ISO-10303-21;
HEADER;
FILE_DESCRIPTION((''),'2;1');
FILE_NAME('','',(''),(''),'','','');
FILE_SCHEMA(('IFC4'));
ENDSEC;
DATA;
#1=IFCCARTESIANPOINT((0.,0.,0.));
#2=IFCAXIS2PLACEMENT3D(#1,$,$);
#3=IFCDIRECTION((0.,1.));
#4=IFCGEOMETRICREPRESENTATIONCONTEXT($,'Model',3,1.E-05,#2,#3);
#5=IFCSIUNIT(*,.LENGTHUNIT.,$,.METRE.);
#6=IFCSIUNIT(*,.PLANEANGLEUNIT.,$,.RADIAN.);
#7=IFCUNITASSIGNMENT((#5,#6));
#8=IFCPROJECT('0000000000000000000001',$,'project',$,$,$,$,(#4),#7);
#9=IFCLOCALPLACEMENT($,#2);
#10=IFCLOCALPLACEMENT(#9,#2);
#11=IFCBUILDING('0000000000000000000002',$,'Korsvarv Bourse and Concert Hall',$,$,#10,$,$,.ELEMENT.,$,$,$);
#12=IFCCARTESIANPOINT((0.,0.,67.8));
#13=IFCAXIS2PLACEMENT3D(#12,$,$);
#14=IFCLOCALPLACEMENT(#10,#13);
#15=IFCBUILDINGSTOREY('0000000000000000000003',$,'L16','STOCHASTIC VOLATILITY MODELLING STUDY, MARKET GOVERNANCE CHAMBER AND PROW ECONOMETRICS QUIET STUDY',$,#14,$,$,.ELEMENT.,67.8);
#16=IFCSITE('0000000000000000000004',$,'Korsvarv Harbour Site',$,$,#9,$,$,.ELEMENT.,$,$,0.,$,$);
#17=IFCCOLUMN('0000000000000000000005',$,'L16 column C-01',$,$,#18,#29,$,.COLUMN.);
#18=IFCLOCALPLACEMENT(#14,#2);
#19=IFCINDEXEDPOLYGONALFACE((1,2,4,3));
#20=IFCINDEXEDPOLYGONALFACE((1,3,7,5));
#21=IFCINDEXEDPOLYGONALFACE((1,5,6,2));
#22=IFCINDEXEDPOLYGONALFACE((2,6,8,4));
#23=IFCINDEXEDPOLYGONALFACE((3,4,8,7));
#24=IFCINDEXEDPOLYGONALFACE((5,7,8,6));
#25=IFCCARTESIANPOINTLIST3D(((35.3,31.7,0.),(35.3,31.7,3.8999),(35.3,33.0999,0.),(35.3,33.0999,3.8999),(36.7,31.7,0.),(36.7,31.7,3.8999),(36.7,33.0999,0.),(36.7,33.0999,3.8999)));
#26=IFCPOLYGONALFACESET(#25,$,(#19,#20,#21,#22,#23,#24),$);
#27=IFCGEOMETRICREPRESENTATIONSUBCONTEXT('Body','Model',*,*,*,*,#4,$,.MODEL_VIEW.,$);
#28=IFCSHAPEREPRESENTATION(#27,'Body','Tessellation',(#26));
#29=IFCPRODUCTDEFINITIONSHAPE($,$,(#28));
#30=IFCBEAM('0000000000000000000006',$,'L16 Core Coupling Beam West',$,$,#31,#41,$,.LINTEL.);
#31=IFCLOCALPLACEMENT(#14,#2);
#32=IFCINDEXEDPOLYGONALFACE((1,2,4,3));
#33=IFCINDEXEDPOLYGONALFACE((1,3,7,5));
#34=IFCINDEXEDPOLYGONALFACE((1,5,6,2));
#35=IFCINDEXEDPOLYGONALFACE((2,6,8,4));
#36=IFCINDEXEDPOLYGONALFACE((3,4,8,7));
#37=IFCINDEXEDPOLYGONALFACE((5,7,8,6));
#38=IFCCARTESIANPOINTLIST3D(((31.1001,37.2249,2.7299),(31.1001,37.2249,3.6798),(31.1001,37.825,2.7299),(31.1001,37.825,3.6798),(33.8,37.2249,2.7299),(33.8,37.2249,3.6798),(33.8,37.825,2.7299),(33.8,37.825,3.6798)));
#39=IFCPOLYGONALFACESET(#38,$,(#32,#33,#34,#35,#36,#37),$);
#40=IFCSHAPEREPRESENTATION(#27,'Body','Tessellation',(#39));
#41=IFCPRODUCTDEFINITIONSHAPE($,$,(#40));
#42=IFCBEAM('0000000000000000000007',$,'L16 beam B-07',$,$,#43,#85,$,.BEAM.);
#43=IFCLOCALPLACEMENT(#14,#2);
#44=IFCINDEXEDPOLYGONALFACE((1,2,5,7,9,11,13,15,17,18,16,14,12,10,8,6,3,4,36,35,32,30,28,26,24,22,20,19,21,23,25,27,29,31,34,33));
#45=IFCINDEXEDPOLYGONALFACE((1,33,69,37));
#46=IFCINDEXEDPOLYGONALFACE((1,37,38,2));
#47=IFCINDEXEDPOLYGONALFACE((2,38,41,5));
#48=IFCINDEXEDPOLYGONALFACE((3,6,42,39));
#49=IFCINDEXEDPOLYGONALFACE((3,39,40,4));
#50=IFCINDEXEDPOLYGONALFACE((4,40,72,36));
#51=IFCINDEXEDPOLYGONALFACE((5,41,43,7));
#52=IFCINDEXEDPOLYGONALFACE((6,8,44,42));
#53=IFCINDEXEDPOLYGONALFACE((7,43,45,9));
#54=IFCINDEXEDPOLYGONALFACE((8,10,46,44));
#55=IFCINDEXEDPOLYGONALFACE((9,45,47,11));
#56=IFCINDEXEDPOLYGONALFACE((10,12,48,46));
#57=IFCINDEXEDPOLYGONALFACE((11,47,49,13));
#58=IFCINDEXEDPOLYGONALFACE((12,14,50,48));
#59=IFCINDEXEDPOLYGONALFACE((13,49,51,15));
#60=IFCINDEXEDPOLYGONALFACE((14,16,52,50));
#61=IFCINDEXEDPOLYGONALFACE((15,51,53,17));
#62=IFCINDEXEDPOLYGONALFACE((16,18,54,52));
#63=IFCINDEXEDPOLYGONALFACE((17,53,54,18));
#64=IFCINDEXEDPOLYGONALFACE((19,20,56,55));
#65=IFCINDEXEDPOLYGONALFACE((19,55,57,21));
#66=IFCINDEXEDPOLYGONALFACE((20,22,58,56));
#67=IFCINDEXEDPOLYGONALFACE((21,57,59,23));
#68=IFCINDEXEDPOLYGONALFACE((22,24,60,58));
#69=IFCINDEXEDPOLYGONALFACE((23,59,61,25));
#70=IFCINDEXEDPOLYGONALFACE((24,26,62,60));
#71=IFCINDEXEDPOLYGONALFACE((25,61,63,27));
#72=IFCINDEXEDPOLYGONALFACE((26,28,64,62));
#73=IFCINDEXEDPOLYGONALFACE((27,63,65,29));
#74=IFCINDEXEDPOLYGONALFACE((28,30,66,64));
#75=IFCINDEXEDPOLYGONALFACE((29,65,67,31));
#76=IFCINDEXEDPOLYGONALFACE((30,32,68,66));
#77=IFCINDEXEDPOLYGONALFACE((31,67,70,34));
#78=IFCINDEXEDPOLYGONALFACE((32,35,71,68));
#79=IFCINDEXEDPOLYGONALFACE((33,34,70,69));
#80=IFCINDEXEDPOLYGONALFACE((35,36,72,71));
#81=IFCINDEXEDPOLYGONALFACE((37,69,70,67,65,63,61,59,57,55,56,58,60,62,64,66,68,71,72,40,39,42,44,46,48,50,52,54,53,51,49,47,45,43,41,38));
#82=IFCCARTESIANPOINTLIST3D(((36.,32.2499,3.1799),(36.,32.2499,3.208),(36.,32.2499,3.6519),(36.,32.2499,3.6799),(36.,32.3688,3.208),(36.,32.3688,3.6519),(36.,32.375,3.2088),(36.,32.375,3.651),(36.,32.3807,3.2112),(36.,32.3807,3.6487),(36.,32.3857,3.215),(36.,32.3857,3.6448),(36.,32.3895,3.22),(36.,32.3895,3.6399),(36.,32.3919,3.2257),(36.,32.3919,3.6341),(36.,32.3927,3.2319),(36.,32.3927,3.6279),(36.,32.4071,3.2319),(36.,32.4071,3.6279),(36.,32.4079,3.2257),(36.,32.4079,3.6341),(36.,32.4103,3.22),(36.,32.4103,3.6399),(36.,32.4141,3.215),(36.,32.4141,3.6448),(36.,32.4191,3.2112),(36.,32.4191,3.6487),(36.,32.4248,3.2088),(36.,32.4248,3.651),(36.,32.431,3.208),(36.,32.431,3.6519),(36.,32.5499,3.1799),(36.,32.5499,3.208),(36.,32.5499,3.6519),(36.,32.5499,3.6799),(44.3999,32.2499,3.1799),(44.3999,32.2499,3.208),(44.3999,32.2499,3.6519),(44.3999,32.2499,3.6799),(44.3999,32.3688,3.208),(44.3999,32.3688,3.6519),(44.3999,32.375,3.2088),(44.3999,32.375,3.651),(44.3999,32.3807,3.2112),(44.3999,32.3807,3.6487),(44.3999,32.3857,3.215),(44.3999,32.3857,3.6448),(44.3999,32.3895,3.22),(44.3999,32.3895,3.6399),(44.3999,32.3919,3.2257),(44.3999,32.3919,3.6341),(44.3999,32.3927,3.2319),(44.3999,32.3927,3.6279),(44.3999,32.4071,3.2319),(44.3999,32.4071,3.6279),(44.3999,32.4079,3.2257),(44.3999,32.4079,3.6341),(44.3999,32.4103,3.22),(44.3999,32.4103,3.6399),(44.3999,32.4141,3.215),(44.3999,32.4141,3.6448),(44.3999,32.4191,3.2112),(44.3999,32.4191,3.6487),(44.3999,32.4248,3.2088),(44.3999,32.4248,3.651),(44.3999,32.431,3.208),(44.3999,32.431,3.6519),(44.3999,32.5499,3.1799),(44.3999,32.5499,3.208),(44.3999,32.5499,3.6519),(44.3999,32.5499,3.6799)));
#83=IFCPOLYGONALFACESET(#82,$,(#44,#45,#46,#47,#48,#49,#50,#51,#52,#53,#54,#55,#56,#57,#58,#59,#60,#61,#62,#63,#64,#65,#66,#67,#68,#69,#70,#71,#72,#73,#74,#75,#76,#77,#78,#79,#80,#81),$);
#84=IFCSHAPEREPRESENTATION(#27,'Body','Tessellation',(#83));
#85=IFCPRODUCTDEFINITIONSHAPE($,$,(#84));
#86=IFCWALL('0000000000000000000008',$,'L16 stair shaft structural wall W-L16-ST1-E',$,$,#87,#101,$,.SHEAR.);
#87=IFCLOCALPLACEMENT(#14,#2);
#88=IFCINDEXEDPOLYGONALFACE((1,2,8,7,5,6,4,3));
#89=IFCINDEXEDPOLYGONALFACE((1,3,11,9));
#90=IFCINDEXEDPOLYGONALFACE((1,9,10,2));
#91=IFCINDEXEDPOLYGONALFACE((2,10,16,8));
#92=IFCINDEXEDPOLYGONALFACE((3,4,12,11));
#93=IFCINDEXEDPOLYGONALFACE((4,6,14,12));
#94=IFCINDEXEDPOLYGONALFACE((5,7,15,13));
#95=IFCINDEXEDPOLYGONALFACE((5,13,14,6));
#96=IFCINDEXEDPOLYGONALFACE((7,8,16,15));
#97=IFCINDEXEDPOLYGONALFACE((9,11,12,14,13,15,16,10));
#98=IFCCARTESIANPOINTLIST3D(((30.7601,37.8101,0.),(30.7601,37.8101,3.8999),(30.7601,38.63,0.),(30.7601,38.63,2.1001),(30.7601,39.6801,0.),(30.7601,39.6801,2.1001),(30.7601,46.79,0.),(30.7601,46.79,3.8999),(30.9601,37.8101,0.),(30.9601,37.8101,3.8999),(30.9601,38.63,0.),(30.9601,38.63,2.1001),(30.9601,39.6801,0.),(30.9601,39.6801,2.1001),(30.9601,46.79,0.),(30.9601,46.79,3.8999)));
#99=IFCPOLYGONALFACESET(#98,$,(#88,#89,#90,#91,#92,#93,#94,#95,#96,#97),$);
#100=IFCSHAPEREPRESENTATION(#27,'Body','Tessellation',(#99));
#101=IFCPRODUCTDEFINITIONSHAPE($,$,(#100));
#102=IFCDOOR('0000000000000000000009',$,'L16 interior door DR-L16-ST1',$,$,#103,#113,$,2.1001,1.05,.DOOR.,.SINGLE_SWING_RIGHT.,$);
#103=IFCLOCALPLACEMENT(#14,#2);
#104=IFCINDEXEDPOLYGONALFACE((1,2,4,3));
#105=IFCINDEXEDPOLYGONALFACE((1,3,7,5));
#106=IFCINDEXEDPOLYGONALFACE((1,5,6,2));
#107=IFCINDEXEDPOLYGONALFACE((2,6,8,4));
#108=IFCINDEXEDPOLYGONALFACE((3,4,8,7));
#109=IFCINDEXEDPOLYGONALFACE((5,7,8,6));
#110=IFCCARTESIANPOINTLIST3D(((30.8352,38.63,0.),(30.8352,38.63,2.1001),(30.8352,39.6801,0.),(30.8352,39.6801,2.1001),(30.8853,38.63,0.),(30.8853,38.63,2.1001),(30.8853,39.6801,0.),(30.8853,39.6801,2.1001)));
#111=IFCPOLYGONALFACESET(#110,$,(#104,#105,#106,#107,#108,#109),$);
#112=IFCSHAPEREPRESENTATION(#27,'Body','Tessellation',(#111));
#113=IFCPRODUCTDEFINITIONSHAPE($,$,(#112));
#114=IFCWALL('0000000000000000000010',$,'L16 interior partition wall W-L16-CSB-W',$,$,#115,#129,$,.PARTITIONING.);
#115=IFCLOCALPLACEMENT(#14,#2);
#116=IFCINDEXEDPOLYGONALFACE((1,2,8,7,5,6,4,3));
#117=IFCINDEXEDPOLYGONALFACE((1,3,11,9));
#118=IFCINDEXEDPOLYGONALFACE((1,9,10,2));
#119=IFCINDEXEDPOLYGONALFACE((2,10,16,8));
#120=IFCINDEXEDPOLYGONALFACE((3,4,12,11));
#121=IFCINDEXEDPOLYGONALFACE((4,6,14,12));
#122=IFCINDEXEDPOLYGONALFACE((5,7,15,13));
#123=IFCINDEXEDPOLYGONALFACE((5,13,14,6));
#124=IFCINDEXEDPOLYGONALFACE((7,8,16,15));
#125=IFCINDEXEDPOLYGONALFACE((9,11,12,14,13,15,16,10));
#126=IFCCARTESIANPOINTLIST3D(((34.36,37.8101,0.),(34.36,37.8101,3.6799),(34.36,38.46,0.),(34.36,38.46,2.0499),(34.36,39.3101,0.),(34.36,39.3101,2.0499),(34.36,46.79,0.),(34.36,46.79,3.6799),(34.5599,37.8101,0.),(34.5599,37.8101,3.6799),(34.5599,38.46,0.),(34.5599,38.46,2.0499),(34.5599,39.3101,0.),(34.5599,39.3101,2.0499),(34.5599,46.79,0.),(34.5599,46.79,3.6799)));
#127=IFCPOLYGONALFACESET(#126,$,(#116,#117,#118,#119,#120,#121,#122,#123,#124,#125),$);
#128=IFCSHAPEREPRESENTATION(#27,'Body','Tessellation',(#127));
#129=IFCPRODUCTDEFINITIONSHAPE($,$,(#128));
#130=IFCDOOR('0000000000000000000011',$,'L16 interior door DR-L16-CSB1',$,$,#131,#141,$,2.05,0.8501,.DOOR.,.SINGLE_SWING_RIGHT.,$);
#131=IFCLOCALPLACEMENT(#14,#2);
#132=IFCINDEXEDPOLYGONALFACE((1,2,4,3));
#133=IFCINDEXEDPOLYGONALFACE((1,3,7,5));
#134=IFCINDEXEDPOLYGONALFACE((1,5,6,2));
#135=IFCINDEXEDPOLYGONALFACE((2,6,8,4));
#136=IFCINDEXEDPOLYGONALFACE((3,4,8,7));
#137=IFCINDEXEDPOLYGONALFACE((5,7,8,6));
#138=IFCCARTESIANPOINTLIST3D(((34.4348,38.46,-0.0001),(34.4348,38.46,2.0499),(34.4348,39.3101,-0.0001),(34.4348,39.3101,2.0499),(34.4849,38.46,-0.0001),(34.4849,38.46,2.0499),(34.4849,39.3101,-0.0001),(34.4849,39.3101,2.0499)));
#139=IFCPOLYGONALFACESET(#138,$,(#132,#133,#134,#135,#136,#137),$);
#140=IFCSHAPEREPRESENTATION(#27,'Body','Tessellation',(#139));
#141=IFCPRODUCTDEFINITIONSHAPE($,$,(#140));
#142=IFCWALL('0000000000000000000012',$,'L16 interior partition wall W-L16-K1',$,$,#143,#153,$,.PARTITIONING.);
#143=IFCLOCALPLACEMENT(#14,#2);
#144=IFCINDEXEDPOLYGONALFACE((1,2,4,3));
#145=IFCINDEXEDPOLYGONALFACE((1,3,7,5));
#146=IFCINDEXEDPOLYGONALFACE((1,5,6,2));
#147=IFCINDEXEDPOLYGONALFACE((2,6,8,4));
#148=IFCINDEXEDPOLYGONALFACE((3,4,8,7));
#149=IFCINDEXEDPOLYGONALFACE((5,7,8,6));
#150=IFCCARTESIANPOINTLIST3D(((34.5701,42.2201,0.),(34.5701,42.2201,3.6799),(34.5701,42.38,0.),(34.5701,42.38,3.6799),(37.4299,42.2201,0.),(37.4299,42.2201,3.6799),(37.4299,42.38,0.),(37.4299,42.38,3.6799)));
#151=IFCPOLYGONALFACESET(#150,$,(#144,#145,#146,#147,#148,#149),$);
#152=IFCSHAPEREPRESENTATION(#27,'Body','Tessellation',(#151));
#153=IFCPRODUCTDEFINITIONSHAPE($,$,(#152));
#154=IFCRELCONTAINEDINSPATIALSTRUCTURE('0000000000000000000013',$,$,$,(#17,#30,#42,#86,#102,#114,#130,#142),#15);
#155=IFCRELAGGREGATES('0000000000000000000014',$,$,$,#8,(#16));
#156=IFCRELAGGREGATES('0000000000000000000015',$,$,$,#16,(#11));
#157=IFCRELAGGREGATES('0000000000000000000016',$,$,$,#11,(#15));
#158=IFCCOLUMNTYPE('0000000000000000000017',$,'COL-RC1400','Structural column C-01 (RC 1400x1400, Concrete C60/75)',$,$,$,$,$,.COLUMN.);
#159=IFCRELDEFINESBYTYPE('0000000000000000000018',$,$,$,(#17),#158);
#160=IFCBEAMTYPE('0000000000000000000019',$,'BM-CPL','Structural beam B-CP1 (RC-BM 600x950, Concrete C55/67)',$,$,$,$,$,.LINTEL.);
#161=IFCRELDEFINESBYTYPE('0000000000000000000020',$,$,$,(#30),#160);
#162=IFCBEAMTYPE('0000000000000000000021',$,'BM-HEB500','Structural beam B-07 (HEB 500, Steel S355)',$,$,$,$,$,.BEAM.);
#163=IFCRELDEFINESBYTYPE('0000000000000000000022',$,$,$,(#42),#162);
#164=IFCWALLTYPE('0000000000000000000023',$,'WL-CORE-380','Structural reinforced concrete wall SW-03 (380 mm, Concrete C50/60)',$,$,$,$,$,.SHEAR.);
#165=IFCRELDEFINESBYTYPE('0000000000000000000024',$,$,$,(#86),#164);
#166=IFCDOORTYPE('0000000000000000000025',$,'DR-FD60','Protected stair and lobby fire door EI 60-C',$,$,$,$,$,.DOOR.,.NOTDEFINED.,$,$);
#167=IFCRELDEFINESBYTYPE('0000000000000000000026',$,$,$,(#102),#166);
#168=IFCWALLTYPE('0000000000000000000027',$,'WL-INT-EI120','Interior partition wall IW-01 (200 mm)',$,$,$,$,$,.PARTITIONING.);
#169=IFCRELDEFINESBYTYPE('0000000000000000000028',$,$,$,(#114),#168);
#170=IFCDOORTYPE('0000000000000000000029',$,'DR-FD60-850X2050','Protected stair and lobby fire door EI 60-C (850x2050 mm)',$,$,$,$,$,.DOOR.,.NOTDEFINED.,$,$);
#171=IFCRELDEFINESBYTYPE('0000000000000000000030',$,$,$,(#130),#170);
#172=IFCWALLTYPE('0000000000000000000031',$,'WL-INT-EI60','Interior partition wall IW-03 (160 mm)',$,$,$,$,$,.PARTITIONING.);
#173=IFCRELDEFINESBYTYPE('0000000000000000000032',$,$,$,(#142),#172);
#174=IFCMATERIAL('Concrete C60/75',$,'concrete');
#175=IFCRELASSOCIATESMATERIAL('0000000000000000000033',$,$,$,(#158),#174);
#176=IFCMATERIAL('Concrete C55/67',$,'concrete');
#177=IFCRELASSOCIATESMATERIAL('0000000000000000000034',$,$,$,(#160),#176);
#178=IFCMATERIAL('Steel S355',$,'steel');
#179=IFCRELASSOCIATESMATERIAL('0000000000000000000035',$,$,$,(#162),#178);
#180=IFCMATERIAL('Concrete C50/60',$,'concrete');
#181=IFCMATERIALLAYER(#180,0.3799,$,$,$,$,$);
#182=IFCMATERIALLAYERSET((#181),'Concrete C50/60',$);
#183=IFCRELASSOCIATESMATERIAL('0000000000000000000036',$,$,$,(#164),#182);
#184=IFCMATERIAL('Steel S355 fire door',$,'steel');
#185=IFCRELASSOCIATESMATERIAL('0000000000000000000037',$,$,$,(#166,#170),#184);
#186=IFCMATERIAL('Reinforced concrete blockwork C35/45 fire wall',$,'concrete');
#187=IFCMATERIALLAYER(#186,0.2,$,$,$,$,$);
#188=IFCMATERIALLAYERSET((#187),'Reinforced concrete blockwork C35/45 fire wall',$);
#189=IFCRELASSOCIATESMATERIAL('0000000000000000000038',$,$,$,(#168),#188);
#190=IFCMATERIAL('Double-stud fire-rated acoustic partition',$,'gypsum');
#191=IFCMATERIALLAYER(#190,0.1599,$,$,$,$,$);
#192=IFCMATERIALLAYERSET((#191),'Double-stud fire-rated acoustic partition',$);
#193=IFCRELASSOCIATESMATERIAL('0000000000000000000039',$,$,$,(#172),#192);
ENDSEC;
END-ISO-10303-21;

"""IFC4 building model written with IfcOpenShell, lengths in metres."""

from ifc_helpers import new_model, si_unit, direction, frame, frame_2d, origin, origin_2d, place, context, subcontext, project, spatial, rectangle, i_section, extrude, source, transform, mapped, material, layer, layer_set, material_profile, profile_set, type_object, element, fill, save


model = new_model("IFC4")

# Units and contexts
model_context = context("Model", 3, precision=1e-05, world=origin(), true_north=direction((0.0, 1.0)))
body_context = subcontext(model_context, "Body", "Model", "MODEL_VIEW")
ifc_project = project(units=[si_unit("LENGTHUNIT", "METRE"), si_unit("PLANEANGLEUNIT", "RADIAN")], contexts=[model_context])

# Site, building, storey
site_placement = place(None, origin())
site = spatial("IfcSite", under=ifc_project, at=site_placement, Name="Korsvarv Harbour Site", CompositionType="ELEMENT", RefElevation=0.0)
building_placement = place(site_placement, origin())
building = spatial("IfcBuilding", under=site, at=building_placement, Name="Korsvarv Bourse and Concert Hall", CompositionType="ELEMENT")
storey_placement = place(building_placement, frame((0.0, 0.0, 67.8)))
storey = spatial("IfcBuildingStorey", under=building, at=storey_placement, Name="L16", Description="STOCHASTIC VOLATILITY MODELLING STUDY, MARKET GOVERNANCE CHAMBER AND PROW ECONOMETRICS QUIET STUDY", CompositionType="ELEMENT", Elevation=67.8)

# Column
ifc_material_1 = material(Name="Concrete C60/75", Category="concrete")
ifc_material_profile_1 = material_profile(ifc_material_1, rectangle(XDim=1.3999, YDim=1.3999, at=origin_2d()), Name="RC 1400x1400")
ifc_profile_set_1 = profile_set([ifc_material_profile_1], Name="Concrete C60/75")
column_type = type_object("IfcColumnType", Name="COL-RC1400", Description="Structural column C-01 (RC 1400x1400, Concrete C60/75)", PredefinedType="COLUMN", material=ifc_profile_set_1)
shared_shape_1 = source(origin(), body_context, "Body", "SweptSolid", [
    extrude(rectangle(XDim=1.3999, YDim=1.3999, at=origin_2d()), origin(), (0.0, 0.0, 1.0), 3.8999),
])
column_placement = place(storey_placement, frame((36.0, 32.3999, 0.0), z_axis=(0.0, 0.0, 1.0), x_axis=(1.0, 0.0, 0.0)))
element("IfcColumn", 1, at=column_placement, inside=storey, type_object=column_type, Name="L16 column C-01", PredefinedType="COLUMN", context=body_context, shape_type="MappedRepresentation", body=[
    mapped(shared_shape_1, transform((0.0, 0.0, 0.0), scale=1.0)),
])

# Beams
ifc_material_2 = material(Name="Concrete C55/67", Category="concrete")
ifc_material_profile_2 = material_profile(ifc_material_2, rectangle(XDim=0.6001, YDim=0.95, at=origin_2d()), Name="RC-BM 600x950")
ifc_profile_set_2 = profile_set([ifc_material_profile_2], Name="Concrete C55/67")
beam_type_1 = type_object("IfcBeamType", Name="BM-CPL", Description="Structural beam B-CP1 (RC-BM 600x950, Concrete C55/67)", PredefinedType="LINTEL", material=ifc_profile_set_2)
shared_shape_2 = source(origin(), body_context, "Body", "SweptSolid", [
    extrude(rectangle(XDim=0.6001, YDim=0.95, at=origin_2d()), origin(), (0.0, 0.0, 1.0), 2.7),
])
beam_1_placement = place(storey_placement, frame((31.1001, 37.5249, 3.2048), z_axis=(1.0, 0.0, 0.0), x_axis=(0.0, 1.0, 0.0)))
element("IfcBeam", 2, at=beam_1_placement, inside=storey, type_object=beam_type_1, Name="L16 Core Coupling Beam West", PredefinedType="LINTEL", context=body_context, shape_type="MappedRepresentation", body=[
    mapped(shared_shape_2, transform((0.0, 0.0, 0.0), scale=1.0)),
])
ifc_material_3 = material(Name="Steel S355", Category="steel")
ifc_material_profile_3 = material_profile(ifc_material_3, i_section(OverallWidth=0.3, OverallDepth=0.5, WebThickness=0.0144, FlangeThickness=0.0281, FilletRadius=0.0239, at=origin_2d()), Name="HEB 500")
ifc_profile_set_3 = profile_set([ifc_material_profile_3], Name="Steel S355")
beam_type_2 = type_object("IfcBeamType", Name="BM-HEB500", Description="Structural beam B-07 (HEB 500, Steel S355)", PredefinedType="BEAM", material=ifc_profile_set_3)
shared_shape_3 = source(origin(), body_context, "Body", "SweptSolid", [
    extrude(i_section(OverallWidth=0.3, OverallDepth=0.5, WebThickness=0.0144, FlangeThickness=0.0281, FilletRadius=0.0239, at=origin_2d()), origin(), (0.0, 0.0, 1.0), 8.3999),
])
beam_2_placement = place(storey_placement, frame((36.0, 32.3999, 3.4299), z_axis=(1.0, 0.0, 0.0), x_axis=(0.0, 1.0, 0.0)))
element("IfcBeam", 3, at=beam_2_placement, inside=storey, type_object=beam_type_2, Name="L16 beam B-07", PredefinedType="BEAM", context=body_context, shape_type="MappedRepresentation", body=[
    mapped(shared_shape_3, transform((0.0, 0.0, 0.0), scale=1.0)),
])

# Walls, openings, doors
ifc_material_4 = material(Name="Concrete C50/60", Category="concrete")
ifc_layer_1 = layer(ifc_material_4, 0.3799)
ifc_layer_set_1 = layer_set([ifc_layer_1], Name="Concrete C50/60")
wall_type_1 = type_object("IfcWallType", Name="WL-CORE-380", Description="Structural reinforced concrete wall SW-03 (380 mm, Concrete C50/60)", PredefinedType="SHEAR", material=ifc_layer_set_1)
wall_1_placement = place(storey_placement, frame((30.8601, 37.8101, 0.0), z_axis=(0.0, 0.0, 1.0), x_axis=(0.0, 1.0, 0.0)))
wall_1 = element("IfcWall", 4, at=wall_1_placement, inside=storey, type_object=wall_type_1, Name="L16 stair shaft structural wall W-L16-ST1-E", PredefinedType="SHEAR", context=body_context, shape_type="SweptSolid", body=[
    extrude(rectangle(XDim=8.98, YDim=0.2, at=frame_2d((4.49, 0.0))), origin(), (0.0, 0.0, 1.0), 3.8999),
])
opening_1_placement = place(wall_1_placement, frame((0.8201, 0.0, 0.0)))
opening_1 = element("IfcOpeningElement", 5, at=opening_1_placement, cuts=wall_1, PredefinedType="OPENING", context=body_context, shape_type="SweptSolid", body=[
    extrude(rectangle(XDim=1.05, YDim=2.1001, at=frame_2d((0.5249, 1.05))), frame((0.0, 0.1099, 0.0), z_axis=(0.0, -1.0, 0.0), x_axis=(1.0, 0.0, 0.0)), (0.0, 0.0, 1.0), 0.22),
])
ifc_material_5 = material(Name="Steel S355 fire door", Category="steel")
door_type_1 = type_object("IfcDoorType", Name="DR-FD60", Description="Protected stair and lobby fire door EI 60-C", OperationType="NOTDEFINED", PredefinedType="DOOR", material=ifc_material_5)
door_1_placement = place(opening_1_placement, origin())
door_1 = element("IfcDoor", 6, at=door_1_placement, inside=storey, type_object=door_type_1, Name="L16 interior door DR-L16-ST1", OperationType="SINGLE_SWING_RIGHT", OverallHeight=2.1001, OverallWidth=1.05, PredefinedType="DOOR", context=body_context, shape_type="SweptSolid", body=[
    extrude(rectangle(XDim=1.05, YDim=2.1001, at=frame_2d((0.5249, 1.05))), frame((0.0, 0.0249, 0.0), z_axis=(0.0, -1.0, 0.0), x_axis=(1.0, 0.0, 0.0)), (0.0, 0.0, 1.0), 0.05),
])
fill(opening_1, door_1)
ifc_material_6 = material(Name="Reinforced concrete blockwork C35/45 fire wall", Category="concrete")
ifc_layer_2 = layer(ifc_material_6, 0.2)
ifc_layer_set_2 = layer_set([ifc_layer_2], Name="Reinforced concrete blockwork C35/45 fire wall")
wall_type_2 = type_object("IfcWallType", Name="WL-INT-EI120", Description="Interior partition wall IW-01 (200 mm)", PredefinedType="PARTITIONING", material=ifc_layer_set_2)
wall_2_placement = place(storey_placement, frame((34.46, 37.8101, 0.0), z_axis=(0.0, 0.0, 1.0), x_axis=(0.0, 1.0, 0.0)))
wall_2 = element("IfcWall", 7, at=wall_2_placement, inside=storey, type_object=wall_type_2, Name="L16 interior partition wall W-L16-CSB-W", PredefinedType="PARTITIONING", context=body_context, shape_type="SweptSolid", body=[
    extrude(rectangle(XDim=8.98, YDim=0.2, at=frame_2d((4.49, 0.0))), origin(), (0.0, 0.0, 1.0), 3.6799),
])
opening_2_placement = place(wall_2_placement, frame((0.6499, 0.0, 0.0)))
opening_2 = element("IfcOpeningElement", 8, at=opening_2_placement, cuts=wall_2, PredefinedType="OPENING", context=body_context, shape_type="SweptSolid", body=[
    extrude(rectangle(XDim=0.8501, YDim=2.05, at=frame_2d((0.425, 1.0249))), frame((0.0, 0.1099, 0.0), z_axis=(0.0, -1.0, 0.0), x_axis=(1.0, 0.0, 0.0)), (0.0, 0.0, 1.0), 0.22),
])
door_type_2 = type_object("IfcDoorType", Name="DR-FD60-850X2050", Description="Protected stair and lobby fire door EI 60-C (850x2050 mm)", OperationType="NOTDEFINED", PredefinedType="DOOR", material=ifc_material_5)
door_2_placement = place(opening_2_placement, frame((0.8501, 0.0, 0.0), z_axis=(0.0, 0.0, 1.0), x_axis=(-1.0, 0.0, 0.0)))
door_2 = element("IfcDoor", 9, at=door_2_placement, inside=storey, type_object=door_type_2, Name="L16 interior door DR-L16-CSB1", OperationType="SINGLE_SWING_RIGHT", OverallHeight=2.05, OverallWidth=0.8501, PredefinedType="DOOR", context=body_context, shape_type="SweptSolid", body=[
    extrude(rectangle(XDim=0.8501, YDim=2.05, at=frame_2d((0.425, 1.0249))), frame((0.0, 0.0249, 0.0), z_axis=(0.0, -1.0, 0.0), x_axis=(1.0, 0.0, 0.0)), (0.0, 0.0, 1.0), 0.05),
])
fill(opening_2, door_2)

# Wall
ifc_material_7 = material(Name="Double-stud fire-rated acoustic partition", Category="gypsum")
ifc_layer_3 = layer(ifc_material_7, 0.1599)
ifc_layer_set_3 = layer_set([ifc_layer_3], Name="Double-stud fire-rated acoustic partition")
wall_type_3 = type_object("IfcWallType", Name="WL-INT-EI60", Description="Interior partition wall IW-03 (160 mm)", PredefinedType="PARTITIONING", material=ifc_layer_set_3)
wall_3_placement = place(storey_placement, frame((34.5701, 42.3, 0.0), z_axis=(0.0, 0.0, 1.0), x_axis=(1.0, 0.0, 0.0)))
element("IfcWall", 10, at=wall_3_placement, inside=storey, type_object=wall_type_3, Name="L16 interior partition wall W-L16-K1", PredefinedType="PARTITIONING", context=body_context, shape_type="SweptSolid", body=[
    extrude(rectangle(XDim=2.8599, YDim=0.1599, at=frame_2d((1.4299, 0.0))), origin(), (0.0, 0.0, 1.0), 3.6799),
])

save(model, "model.ifc")
